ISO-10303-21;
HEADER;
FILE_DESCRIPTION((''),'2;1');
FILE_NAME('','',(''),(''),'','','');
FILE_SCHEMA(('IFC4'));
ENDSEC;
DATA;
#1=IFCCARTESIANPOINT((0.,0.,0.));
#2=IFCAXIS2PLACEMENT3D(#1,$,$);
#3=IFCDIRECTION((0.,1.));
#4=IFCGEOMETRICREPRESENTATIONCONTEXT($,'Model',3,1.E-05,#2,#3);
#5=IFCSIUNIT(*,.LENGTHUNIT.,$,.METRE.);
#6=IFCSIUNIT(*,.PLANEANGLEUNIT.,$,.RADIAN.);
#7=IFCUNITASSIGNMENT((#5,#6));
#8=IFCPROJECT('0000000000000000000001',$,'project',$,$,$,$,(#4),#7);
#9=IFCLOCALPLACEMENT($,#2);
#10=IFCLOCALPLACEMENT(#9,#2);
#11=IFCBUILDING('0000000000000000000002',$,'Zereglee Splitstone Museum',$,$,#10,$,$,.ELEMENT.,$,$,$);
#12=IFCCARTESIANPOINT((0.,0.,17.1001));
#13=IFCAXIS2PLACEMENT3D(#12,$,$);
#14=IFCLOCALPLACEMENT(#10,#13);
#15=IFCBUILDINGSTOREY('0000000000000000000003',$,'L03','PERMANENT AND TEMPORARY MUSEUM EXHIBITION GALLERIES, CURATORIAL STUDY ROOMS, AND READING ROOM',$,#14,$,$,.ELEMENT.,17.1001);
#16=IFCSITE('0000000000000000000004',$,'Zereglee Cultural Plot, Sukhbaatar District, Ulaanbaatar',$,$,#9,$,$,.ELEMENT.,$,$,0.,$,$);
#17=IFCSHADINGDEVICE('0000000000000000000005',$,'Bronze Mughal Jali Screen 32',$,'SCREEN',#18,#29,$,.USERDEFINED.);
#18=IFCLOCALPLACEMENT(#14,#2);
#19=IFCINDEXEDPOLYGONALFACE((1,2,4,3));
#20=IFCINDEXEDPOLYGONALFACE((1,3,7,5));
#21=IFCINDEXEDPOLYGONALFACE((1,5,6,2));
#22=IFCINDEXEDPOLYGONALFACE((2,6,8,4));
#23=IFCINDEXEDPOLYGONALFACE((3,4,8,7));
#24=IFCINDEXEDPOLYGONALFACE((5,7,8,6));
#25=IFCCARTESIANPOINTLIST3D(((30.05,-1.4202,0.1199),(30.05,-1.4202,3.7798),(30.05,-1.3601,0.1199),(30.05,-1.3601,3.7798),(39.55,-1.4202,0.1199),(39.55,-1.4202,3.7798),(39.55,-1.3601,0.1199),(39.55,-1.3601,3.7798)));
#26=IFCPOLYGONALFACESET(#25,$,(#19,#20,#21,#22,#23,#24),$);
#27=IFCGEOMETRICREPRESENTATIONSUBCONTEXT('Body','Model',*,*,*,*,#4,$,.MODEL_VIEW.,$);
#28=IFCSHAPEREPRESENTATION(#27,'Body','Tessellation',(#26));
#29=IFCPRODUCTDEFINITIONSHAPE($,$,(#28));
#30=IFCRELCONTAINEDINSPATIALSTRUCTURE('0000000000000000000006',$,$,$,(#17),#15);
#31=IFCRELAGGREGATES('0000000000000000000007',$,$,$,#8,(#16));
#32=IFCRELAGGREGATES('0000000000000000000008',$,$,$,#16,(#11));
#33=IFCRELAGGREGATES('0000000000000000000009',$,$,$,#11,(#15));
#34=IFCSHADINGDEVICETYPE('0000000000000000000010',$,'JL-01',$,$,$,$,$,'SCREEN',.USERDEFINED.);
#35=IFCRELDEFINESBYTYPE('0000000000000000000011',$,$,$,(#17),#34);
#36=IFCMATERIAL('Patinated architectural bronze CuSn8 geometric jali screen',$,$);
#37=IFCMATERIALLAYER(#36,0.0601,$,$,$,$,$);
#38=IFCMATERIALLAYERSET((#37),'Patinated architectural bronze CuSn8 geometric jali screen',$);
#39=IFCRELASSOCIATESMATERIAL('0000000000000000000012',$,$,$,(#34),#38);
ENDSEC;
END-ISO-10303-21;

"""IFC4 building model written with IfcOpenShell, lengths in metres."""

from ifc_helpers import new_model, si_unit, direction, frame, origin, place, context, subcontext, project, spatial, polyline, outline, extrude, material, layer, layer_set, type_object, element, save


model = new_model("IFC4")

# Units and contexts
model_context = context("Model", 3, precision=1e-05, world=origin(), true_north=direction((0.0, 1.0)))
body_context = subcontext(model_context, "Body", "Model", "MODEL_VIEW")
ifc_project = project(units=[si_unit("LENGTHUNIT", "METRE"), si_unit("PLANEANGLEUNIT", "RADIAN")], contexts=[model_context])

# Site, building, storey
site_placement = place(None, origin())
site = spatial("IfcSite", under=ifc_project, at=site_placement, Name="Zereglee Cultural Plot, Sukhbaatar District, Ulaanbaatar", CompositionType="ELEMENT", RefElevation=0.0)
building_placement = place(site_placement, origin())
building = spatial("IfcBuilding", under=site, at=building_placement, Name="Zereglee Splitstone Museum", CompositionType="ELEMENT")
storey_placement = place(building_placement, frame((0.0, 0.0, 17.1001)))
storey = spatial("IfcBuildingStorey", under=building, at=storey_placement, Name="L03", Description="PERMANENT AND TEMPORARY MUSEUM EXHIBITION GALLERIES, CURATORIAL STUDY ROOMS, AND READING ROOM", CompositionType="ELEMENT", Elevation=17.1001)

# Shading device
ifc_material_1 = material(Name="Patinated architectural bronze CuSn8 geometric jali screen")
ifc_layer_1 = layer(ifc_material_1, 0.0601)
ifc_layer_set_1 = layer_set([ifc_layer_1], Name="Patinated architectural bronze CuSn8 geometric jali screen")
shading_device_type = type_object("IfcShadingDeviceType", Name="JL-01", ElementType="SCREEN", PredefinedType="USERDEFINED", material=ifc_layer_set_1)
shading_device_placement = place(storey_placement, frame((30.05, -1.3601, 0.1199), z_axis=(0.0, -1.0, 0.0), x_axis=(1.0, 0.0, 0.0)))
element("IfcShadingDevice", 1, at=shading_device_placement, inside=storey, type_object=shading_device_type, Name="Bronze Mughal Jali Screen 32", ObjectType="SCREEN", PredefinedType="USERDEFINED", context=body_context, shape_type="SweptSolid", body=[
    extrude(outline(polyline([(0.0, 0.0), (9.5, 0.0), (9.5, 3.6599), (0.0, 3.6599), (0.0, 0.0)])), origin(), (0.0, 0.0, 1.0), 0.0601),
])

save(model, "model.ifc")
